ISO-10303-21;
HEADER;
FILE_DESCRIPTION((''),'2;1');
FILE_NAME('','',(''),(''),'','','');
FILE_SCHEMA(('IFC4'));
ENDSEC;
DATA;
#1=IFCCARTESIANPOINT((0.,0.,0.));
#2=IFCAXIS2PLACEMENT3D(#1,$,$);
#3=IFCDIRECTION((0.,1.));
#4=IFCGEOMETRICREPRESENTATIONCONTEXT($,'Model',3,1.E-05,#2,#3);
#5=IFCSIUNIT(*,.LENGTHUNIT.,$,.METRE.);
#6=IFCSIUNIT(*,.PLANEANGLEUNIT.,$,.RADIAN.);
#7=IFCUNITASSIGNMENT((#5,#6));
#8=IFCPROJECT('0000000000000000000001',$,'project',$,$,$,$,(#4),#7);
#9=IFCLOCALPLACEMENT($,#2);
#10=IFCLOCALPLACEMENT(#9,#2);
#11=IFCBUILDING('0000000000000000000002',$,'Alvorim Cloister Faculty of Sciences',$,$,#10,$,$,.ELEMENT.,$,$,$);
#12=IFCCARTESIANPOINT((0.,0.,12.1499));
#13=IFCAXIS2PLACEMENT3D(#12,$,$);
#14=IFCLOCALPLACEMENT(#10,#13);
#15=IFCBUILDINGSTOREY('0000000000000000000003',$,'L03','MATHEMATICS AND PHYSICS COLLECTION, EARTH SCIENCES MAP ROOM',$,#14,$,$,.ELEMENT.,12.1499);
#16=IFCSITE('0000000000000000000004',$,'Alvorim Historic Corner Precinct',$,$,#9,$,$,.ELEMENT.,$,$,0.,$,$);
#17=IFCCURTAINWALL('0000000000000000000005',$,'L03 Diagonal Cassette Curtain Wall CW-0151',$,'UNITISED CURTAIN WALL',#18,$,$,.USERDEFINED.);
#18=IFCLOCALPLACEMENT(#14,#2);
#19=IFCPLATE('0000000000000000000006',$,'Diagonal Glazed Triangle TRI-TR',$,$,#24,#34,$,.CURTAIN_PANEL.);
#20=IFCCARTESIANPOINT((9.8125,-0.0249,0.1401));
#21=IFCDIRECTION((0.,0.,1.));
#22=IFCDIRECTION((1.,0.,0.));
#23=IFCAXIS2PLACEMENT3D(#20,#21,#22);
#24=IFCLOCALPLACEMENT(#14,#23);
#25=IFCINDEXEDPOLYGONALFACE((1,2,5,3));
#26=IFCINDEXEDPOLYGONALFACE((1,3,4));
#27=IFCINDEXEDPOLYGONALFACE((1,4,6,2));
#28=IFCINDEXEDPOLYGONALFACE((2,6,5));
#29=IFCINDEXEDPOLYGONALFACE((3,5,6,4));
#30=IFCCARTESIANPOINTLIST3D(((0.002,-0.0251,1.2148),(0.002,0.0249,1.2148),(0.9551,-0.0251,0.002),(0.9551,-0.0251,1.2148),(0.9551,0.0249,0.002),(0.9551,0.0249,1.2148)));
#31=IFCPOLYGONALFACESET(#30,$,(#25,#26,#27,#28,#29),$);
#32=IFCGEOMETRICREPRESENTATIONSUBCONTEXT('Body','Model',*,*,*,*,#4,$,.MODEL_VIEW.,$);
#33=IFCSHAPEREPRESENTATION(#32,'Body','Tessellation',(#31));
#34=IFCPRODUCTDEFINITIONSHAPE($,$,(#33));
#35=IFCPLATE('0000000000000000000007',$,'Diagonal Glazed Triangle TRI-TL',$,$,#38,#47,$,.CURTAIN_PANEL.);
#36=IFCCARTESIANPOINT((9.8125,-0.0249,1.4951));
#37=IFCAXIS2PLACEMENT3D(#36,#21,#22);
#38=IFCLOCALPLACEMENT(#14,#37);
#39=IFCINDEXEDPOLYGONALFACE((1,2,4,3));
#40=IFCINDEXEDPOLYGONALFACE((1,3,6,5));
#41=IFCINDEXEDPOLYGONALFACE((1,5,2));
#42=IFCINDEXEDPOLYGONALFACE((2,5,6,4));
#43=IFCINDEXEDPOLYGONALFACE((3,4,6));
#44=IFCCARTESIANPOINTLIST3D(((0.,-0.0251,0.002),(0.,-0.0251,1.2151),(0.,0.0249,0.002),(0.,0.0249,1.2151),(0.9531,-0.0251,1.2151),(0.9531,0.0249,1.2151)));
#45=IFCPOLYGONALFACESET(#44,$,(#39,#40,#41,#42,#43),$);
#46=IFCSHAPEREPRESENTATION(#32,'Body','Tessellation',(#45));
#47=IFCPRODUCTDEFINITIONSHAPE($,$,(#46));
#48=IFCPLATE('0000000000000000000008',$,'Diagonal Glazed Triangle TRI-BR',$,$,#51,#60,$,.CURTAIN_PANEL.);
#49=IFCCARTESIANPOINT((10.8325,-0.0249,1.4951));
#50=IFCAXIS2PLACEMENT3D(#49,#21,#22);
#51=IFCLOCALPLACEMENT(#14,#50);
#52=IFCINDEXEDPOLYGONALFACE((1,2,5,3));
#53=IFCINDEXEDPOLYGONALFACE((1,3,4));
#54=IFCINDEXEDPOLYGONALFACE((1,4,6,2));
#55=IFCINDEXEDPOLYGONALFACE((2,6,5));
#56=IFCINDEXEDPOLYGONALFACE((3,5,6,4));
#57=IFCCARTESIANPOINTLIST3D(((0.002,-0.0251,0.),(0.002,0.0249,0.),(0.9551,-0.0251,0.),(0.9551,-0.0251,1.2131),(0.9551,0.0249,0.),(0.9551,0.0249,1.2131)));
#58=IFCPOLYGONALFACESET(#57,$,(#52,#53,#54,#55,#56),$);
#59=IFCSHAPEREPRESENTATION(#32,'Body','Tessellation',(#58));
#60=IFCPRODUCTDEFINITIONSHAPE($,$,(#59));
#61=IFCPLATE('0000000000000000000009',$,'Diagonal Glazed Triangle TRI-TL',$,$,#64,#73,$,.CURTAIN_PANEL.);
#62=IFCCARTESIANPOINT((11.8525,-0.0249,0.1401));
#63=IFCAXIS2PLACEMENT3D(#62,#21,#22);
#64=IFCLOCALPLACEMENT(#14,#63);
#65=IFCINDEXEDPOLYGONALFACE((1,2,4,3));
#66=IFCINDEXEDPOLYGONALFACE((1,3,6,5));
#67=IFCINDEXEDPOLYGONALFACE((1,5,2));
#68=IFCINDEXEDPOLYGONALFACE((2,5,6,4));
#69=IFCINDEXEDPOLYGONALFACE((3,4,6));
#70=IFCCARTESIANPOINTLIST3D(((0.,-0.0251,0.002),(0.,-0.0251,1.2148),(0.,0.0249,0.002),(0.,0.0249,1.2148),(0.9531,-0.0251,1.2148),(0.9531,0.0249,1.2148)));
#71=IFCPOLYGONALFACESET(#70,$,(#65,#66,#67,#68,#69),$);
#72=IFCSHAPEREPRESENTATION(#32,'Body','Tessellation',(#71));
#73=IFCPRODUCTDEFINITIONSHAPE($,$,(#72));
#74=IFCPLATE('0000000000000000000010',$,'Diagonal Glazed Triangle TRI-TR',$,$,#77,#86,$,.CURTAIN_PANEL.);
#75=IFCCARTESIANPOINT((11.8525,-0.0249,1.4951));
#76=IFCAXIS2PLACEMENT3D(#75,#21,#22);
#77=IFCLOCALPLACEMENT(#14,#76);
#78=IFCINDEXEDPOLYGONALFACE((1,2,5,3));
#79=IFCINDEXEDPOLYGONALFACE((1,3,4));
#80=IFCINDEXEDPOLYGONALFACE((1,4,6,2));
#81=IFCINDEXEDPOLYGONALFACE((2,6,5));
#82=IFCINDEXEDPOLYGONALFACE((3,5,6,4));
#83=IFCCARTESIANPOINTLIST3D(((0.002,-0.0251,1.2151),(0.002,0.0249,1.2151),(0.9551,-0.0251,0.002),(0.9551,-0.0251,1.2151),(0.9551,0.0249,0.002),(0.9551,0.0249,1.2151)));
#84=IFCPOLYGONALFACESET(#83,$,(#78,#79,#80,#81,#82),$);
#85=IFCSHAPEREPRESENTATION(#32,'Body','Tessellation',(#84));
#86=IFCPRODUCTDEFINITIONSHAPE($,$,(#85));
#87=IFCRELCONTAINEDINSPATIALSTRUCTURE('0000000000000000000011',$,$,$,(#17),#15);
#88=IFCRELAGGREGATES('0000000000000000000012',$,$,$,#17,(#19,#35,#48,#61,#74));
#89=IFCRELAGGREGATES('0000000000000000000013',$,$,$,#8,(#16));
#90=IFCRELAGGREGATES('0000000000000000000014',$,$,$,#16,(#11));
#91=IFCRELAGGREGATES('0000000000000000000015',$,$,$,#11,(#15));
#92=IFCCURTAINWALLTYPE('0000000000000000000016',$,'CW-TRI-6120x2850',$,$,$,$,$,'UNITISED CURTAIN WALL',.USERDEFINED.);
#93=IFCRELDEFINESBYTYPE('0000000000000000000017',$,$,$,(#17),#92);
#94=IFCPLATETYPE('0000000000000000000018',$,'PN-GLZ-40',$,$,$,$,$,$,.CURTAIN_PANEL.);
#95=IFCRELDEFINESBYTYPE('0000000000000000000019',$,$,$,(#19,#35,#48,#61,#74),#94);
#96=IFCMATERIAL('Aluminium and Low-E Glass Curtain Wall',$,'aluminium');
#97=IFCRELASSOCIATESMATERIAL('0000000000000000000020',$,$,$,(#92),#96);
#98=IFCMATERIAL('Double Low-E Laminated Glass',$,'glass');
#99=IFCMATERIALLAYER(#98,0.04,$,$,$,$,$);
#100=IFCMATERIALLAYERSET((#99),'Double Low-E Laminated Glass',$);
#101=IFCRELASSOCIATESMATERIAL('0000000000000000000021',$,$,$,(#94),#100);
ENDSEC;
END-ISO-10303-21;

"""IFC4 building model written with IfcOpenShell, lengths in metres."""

from ifc_helpers import new_model, si_unit, direction, frame, origin, place, context, subcontext, project, spatial, polyline, outline, extrude, material, layer, layer_set, type_object, element, aggregate, save


model = new_model("IFC4")

# Units and contexts
model_context = context("Model", 3, precision=1e-05, world=origin(), true_north=direction((0.0, 1.0)))
body_context = subcontext(model_context, "Body", "Model", "MODEL_VIEW")
ifc_project = project(units=[si_unit("LENGTHUNIT", "METRE"), si_unit("PLANEANGLEUNIT", "RADIAN")], contexts=[model_context])

# Site, building, storey
site_placement = place(None, origin())
site = spatial("IfcSite", under=ifc_project, at=site_placement, Name="Alvorim Historic Corner Precinct", CompositionType="ELEMENT", RefElevation=0.0)
building_placement = place(site_placement, origin())
building = spatial("IfcBuilding", under=site, at=building_placement, Name="Alvorim Cloister Faculty of Sciences", CompositionType="ELEMENT")
storey_placement = place(building_placement, frame((0.0, 0.0, 12.1499)))
storey = spatial("IfcBuildingStorey", under=building, at=storey_placement, Name="L03", Description="MATHEMATICS AND PHYSICS COLLECTION, EARTH SCIENCES MAP ROOM", CompositionType="ELEMENT", Elevation=12.1499)

# Curtain wall, plates
ifc_material_1 = material(Name="Aluminium and Low-E Glass Curtain Wall", Category="aluminium")
curtain_wall_type = type_object("IfcCurtainWallType", Name="CW-TRI-6120x2850", ElementType="UNITISED CURTAIN WALL", PredefinedType="USERDEFINED", material=ifc_material_1)
curtain_wall_placement = place(storey_placement, origin())
curtain_wall = element("IfcCurtainWall", 1, at=curtain_wall_placement, inside=storey, type_object=curtain_wall_type, Name="L03 Diagonal Cassette Curtain Wall CW-0151", ObjectType="UNITISED CURTAIN WALL", PredefinedType="USERDEFINED")
ifc_material_2 = material(Name="Double Low-E Laminated Glass", Category="glass")
ifc_layer_1 = layer(ifc_material_2, 0.04)
ifc_layer_set_1 = layer_set([ifc_layer_1], Name="Double Low-E Laminated Glass")
plate_type = type_object("IfcPlateType", Name="PN-GLZ-40", PredefinedType="CURTAIN_PANEL", material=ifc_layer_set_1)
plate_1_placement = place(storey_placement, frame((9.8125, -0.0249, 0.1401), z_axis=(0.0, 0.0, 1.0), x_axis=(1.0, 0.0, 0.0)))
plate_1 = element("IfcPlate", 2, at=plate_1_placement, type_object=plate_type, Name="Diagonal Glazed Triangle TRI-TR", PredefinedType="CURTAIN_PANEL", context=body_context, shape_type="SweptSolid", body=[
    extrude(outline(polyline([(0.9551, 0.002), (0.9551, 1.2148), (0.002, 1.2148), (0.9551, 0.002)])), frame((0.0, 0.0249, 0.0), z_axis=(0.0, -1.0, 0.0), x_axis=(1.0, 0.0, 0.0)), (0.0, 0.0, 1.0), 0.05),
])
plate_2_placement = place(storey_placement, frame((9.8125, -0.0249, 1.4951), z_axis=(0.0, 0.0, 1.0), x_axis=(1.0, 0.0, 0.0)))
plate_2 = element("IfcPlate", 3, at=plate_2_placement, type_object=plate_type, Name="Diagonal Glazed Triangle TRI-TL", PredefinedType="CURTAIN_PANEL", context=body_context, shape_type="SweptSolid", body=[
    extrude(outline(polyline([(0.9531, 1.2151), (0.0, 1.2151), (0.0, 0.002), (0.9531, 1.2151)])), frame((0.0, 0.0249, 0.0), z_axis=(0.0, -1.0, 0.0), x_axis=(1.0, 0.0, 0.0)), (0.0, 0.0, 1.0), 0.05),
])
plate_3_placement = place(storey_placement, frame((10.8325, -0.0249, 1.4951), z_axis=(0.0, 0.0, 1.0), x_axis=(1.0, 0.0, 0.0)))
plate_3 = element("IfcPlate", 4, at=plate_3_placement, type_object=plate_type, Name="Diagonal Glazed Triangle TRI-BR", PredefinedType="CURTAIN_PANEL", context=body_context, shape_type="SweptSolid", body=[
    extrude(outline(polyline([(0.002, 0.0), (0.9551, 0.0), (0.9551, 1.2131), (0.002, 0.0)])), frame((0.0, 0.0249, 0.0), z_axis=(0.0, -1.0, 0.0), x_axis=(1.0, 0.0, 0.0)), (0.0, 0.0, 1.0), 0.05),
])
plate_4_placement = place(storey_placement, frame((11.8525, -0.0249, 0.1401), z_axis=(0.0, 0.0, 1.0), x_axis=(1.0, 0.0, 0.0)))
plate_4 = element("IfcPlate", 5, at=plate_4_placement, type_object=plate_type, Name="Diagonal Glazed Triangle TRI-TL", PredefinedType="CURTAIN_PANEL", context=body_context, shape_type="SweptSolid", body=[
    extrude(outline(polyline([(0.9531, 1.2148), (0.0, 1.2148), (0.0, 0.002), (0.9531, 1.2148)])), frame((0.0, 0.0249, 0.0), z_axis=(0.0, -1.0, 0.0), x_axis=(1.0, 0.0, 0.0)), (0.0, 0.0, 1.0), 0.05),
])
plate_5_placement = place(storey_placement, frame((11.8525, -0.0249, 1.4951), z_axis=(0.0, 0.0, 1.0), x_axis=(1.0, 0.0, 0.0)))
plate_5 = element("IfcPlate", 6, at=plate_5_placement, type_object=plate_type, Name="Diagonal Glazed Triangle TRI-TR", PredefinedType="CURTAIN_PANEL", context=body_context, shape_type="SweptSolid", body=[
    extrude(outline(polyline([(0.9551, 0.002), (0.9551, 1.2151), (0.002, 1.2151), (0.9551, 0.002)])), frame((0.0, 0.0249, 0.0), z_axis=(0.0, -1.0, 0.0), x_axis=(1.0, 0.0, 0.0)), (0.0, 0.0, 1.0), 0.05),
])
aggregate(curtain_wall, [plate_1, plate_2, plate_3, plate_4, plate_5])

save(model, "model.ifc")
